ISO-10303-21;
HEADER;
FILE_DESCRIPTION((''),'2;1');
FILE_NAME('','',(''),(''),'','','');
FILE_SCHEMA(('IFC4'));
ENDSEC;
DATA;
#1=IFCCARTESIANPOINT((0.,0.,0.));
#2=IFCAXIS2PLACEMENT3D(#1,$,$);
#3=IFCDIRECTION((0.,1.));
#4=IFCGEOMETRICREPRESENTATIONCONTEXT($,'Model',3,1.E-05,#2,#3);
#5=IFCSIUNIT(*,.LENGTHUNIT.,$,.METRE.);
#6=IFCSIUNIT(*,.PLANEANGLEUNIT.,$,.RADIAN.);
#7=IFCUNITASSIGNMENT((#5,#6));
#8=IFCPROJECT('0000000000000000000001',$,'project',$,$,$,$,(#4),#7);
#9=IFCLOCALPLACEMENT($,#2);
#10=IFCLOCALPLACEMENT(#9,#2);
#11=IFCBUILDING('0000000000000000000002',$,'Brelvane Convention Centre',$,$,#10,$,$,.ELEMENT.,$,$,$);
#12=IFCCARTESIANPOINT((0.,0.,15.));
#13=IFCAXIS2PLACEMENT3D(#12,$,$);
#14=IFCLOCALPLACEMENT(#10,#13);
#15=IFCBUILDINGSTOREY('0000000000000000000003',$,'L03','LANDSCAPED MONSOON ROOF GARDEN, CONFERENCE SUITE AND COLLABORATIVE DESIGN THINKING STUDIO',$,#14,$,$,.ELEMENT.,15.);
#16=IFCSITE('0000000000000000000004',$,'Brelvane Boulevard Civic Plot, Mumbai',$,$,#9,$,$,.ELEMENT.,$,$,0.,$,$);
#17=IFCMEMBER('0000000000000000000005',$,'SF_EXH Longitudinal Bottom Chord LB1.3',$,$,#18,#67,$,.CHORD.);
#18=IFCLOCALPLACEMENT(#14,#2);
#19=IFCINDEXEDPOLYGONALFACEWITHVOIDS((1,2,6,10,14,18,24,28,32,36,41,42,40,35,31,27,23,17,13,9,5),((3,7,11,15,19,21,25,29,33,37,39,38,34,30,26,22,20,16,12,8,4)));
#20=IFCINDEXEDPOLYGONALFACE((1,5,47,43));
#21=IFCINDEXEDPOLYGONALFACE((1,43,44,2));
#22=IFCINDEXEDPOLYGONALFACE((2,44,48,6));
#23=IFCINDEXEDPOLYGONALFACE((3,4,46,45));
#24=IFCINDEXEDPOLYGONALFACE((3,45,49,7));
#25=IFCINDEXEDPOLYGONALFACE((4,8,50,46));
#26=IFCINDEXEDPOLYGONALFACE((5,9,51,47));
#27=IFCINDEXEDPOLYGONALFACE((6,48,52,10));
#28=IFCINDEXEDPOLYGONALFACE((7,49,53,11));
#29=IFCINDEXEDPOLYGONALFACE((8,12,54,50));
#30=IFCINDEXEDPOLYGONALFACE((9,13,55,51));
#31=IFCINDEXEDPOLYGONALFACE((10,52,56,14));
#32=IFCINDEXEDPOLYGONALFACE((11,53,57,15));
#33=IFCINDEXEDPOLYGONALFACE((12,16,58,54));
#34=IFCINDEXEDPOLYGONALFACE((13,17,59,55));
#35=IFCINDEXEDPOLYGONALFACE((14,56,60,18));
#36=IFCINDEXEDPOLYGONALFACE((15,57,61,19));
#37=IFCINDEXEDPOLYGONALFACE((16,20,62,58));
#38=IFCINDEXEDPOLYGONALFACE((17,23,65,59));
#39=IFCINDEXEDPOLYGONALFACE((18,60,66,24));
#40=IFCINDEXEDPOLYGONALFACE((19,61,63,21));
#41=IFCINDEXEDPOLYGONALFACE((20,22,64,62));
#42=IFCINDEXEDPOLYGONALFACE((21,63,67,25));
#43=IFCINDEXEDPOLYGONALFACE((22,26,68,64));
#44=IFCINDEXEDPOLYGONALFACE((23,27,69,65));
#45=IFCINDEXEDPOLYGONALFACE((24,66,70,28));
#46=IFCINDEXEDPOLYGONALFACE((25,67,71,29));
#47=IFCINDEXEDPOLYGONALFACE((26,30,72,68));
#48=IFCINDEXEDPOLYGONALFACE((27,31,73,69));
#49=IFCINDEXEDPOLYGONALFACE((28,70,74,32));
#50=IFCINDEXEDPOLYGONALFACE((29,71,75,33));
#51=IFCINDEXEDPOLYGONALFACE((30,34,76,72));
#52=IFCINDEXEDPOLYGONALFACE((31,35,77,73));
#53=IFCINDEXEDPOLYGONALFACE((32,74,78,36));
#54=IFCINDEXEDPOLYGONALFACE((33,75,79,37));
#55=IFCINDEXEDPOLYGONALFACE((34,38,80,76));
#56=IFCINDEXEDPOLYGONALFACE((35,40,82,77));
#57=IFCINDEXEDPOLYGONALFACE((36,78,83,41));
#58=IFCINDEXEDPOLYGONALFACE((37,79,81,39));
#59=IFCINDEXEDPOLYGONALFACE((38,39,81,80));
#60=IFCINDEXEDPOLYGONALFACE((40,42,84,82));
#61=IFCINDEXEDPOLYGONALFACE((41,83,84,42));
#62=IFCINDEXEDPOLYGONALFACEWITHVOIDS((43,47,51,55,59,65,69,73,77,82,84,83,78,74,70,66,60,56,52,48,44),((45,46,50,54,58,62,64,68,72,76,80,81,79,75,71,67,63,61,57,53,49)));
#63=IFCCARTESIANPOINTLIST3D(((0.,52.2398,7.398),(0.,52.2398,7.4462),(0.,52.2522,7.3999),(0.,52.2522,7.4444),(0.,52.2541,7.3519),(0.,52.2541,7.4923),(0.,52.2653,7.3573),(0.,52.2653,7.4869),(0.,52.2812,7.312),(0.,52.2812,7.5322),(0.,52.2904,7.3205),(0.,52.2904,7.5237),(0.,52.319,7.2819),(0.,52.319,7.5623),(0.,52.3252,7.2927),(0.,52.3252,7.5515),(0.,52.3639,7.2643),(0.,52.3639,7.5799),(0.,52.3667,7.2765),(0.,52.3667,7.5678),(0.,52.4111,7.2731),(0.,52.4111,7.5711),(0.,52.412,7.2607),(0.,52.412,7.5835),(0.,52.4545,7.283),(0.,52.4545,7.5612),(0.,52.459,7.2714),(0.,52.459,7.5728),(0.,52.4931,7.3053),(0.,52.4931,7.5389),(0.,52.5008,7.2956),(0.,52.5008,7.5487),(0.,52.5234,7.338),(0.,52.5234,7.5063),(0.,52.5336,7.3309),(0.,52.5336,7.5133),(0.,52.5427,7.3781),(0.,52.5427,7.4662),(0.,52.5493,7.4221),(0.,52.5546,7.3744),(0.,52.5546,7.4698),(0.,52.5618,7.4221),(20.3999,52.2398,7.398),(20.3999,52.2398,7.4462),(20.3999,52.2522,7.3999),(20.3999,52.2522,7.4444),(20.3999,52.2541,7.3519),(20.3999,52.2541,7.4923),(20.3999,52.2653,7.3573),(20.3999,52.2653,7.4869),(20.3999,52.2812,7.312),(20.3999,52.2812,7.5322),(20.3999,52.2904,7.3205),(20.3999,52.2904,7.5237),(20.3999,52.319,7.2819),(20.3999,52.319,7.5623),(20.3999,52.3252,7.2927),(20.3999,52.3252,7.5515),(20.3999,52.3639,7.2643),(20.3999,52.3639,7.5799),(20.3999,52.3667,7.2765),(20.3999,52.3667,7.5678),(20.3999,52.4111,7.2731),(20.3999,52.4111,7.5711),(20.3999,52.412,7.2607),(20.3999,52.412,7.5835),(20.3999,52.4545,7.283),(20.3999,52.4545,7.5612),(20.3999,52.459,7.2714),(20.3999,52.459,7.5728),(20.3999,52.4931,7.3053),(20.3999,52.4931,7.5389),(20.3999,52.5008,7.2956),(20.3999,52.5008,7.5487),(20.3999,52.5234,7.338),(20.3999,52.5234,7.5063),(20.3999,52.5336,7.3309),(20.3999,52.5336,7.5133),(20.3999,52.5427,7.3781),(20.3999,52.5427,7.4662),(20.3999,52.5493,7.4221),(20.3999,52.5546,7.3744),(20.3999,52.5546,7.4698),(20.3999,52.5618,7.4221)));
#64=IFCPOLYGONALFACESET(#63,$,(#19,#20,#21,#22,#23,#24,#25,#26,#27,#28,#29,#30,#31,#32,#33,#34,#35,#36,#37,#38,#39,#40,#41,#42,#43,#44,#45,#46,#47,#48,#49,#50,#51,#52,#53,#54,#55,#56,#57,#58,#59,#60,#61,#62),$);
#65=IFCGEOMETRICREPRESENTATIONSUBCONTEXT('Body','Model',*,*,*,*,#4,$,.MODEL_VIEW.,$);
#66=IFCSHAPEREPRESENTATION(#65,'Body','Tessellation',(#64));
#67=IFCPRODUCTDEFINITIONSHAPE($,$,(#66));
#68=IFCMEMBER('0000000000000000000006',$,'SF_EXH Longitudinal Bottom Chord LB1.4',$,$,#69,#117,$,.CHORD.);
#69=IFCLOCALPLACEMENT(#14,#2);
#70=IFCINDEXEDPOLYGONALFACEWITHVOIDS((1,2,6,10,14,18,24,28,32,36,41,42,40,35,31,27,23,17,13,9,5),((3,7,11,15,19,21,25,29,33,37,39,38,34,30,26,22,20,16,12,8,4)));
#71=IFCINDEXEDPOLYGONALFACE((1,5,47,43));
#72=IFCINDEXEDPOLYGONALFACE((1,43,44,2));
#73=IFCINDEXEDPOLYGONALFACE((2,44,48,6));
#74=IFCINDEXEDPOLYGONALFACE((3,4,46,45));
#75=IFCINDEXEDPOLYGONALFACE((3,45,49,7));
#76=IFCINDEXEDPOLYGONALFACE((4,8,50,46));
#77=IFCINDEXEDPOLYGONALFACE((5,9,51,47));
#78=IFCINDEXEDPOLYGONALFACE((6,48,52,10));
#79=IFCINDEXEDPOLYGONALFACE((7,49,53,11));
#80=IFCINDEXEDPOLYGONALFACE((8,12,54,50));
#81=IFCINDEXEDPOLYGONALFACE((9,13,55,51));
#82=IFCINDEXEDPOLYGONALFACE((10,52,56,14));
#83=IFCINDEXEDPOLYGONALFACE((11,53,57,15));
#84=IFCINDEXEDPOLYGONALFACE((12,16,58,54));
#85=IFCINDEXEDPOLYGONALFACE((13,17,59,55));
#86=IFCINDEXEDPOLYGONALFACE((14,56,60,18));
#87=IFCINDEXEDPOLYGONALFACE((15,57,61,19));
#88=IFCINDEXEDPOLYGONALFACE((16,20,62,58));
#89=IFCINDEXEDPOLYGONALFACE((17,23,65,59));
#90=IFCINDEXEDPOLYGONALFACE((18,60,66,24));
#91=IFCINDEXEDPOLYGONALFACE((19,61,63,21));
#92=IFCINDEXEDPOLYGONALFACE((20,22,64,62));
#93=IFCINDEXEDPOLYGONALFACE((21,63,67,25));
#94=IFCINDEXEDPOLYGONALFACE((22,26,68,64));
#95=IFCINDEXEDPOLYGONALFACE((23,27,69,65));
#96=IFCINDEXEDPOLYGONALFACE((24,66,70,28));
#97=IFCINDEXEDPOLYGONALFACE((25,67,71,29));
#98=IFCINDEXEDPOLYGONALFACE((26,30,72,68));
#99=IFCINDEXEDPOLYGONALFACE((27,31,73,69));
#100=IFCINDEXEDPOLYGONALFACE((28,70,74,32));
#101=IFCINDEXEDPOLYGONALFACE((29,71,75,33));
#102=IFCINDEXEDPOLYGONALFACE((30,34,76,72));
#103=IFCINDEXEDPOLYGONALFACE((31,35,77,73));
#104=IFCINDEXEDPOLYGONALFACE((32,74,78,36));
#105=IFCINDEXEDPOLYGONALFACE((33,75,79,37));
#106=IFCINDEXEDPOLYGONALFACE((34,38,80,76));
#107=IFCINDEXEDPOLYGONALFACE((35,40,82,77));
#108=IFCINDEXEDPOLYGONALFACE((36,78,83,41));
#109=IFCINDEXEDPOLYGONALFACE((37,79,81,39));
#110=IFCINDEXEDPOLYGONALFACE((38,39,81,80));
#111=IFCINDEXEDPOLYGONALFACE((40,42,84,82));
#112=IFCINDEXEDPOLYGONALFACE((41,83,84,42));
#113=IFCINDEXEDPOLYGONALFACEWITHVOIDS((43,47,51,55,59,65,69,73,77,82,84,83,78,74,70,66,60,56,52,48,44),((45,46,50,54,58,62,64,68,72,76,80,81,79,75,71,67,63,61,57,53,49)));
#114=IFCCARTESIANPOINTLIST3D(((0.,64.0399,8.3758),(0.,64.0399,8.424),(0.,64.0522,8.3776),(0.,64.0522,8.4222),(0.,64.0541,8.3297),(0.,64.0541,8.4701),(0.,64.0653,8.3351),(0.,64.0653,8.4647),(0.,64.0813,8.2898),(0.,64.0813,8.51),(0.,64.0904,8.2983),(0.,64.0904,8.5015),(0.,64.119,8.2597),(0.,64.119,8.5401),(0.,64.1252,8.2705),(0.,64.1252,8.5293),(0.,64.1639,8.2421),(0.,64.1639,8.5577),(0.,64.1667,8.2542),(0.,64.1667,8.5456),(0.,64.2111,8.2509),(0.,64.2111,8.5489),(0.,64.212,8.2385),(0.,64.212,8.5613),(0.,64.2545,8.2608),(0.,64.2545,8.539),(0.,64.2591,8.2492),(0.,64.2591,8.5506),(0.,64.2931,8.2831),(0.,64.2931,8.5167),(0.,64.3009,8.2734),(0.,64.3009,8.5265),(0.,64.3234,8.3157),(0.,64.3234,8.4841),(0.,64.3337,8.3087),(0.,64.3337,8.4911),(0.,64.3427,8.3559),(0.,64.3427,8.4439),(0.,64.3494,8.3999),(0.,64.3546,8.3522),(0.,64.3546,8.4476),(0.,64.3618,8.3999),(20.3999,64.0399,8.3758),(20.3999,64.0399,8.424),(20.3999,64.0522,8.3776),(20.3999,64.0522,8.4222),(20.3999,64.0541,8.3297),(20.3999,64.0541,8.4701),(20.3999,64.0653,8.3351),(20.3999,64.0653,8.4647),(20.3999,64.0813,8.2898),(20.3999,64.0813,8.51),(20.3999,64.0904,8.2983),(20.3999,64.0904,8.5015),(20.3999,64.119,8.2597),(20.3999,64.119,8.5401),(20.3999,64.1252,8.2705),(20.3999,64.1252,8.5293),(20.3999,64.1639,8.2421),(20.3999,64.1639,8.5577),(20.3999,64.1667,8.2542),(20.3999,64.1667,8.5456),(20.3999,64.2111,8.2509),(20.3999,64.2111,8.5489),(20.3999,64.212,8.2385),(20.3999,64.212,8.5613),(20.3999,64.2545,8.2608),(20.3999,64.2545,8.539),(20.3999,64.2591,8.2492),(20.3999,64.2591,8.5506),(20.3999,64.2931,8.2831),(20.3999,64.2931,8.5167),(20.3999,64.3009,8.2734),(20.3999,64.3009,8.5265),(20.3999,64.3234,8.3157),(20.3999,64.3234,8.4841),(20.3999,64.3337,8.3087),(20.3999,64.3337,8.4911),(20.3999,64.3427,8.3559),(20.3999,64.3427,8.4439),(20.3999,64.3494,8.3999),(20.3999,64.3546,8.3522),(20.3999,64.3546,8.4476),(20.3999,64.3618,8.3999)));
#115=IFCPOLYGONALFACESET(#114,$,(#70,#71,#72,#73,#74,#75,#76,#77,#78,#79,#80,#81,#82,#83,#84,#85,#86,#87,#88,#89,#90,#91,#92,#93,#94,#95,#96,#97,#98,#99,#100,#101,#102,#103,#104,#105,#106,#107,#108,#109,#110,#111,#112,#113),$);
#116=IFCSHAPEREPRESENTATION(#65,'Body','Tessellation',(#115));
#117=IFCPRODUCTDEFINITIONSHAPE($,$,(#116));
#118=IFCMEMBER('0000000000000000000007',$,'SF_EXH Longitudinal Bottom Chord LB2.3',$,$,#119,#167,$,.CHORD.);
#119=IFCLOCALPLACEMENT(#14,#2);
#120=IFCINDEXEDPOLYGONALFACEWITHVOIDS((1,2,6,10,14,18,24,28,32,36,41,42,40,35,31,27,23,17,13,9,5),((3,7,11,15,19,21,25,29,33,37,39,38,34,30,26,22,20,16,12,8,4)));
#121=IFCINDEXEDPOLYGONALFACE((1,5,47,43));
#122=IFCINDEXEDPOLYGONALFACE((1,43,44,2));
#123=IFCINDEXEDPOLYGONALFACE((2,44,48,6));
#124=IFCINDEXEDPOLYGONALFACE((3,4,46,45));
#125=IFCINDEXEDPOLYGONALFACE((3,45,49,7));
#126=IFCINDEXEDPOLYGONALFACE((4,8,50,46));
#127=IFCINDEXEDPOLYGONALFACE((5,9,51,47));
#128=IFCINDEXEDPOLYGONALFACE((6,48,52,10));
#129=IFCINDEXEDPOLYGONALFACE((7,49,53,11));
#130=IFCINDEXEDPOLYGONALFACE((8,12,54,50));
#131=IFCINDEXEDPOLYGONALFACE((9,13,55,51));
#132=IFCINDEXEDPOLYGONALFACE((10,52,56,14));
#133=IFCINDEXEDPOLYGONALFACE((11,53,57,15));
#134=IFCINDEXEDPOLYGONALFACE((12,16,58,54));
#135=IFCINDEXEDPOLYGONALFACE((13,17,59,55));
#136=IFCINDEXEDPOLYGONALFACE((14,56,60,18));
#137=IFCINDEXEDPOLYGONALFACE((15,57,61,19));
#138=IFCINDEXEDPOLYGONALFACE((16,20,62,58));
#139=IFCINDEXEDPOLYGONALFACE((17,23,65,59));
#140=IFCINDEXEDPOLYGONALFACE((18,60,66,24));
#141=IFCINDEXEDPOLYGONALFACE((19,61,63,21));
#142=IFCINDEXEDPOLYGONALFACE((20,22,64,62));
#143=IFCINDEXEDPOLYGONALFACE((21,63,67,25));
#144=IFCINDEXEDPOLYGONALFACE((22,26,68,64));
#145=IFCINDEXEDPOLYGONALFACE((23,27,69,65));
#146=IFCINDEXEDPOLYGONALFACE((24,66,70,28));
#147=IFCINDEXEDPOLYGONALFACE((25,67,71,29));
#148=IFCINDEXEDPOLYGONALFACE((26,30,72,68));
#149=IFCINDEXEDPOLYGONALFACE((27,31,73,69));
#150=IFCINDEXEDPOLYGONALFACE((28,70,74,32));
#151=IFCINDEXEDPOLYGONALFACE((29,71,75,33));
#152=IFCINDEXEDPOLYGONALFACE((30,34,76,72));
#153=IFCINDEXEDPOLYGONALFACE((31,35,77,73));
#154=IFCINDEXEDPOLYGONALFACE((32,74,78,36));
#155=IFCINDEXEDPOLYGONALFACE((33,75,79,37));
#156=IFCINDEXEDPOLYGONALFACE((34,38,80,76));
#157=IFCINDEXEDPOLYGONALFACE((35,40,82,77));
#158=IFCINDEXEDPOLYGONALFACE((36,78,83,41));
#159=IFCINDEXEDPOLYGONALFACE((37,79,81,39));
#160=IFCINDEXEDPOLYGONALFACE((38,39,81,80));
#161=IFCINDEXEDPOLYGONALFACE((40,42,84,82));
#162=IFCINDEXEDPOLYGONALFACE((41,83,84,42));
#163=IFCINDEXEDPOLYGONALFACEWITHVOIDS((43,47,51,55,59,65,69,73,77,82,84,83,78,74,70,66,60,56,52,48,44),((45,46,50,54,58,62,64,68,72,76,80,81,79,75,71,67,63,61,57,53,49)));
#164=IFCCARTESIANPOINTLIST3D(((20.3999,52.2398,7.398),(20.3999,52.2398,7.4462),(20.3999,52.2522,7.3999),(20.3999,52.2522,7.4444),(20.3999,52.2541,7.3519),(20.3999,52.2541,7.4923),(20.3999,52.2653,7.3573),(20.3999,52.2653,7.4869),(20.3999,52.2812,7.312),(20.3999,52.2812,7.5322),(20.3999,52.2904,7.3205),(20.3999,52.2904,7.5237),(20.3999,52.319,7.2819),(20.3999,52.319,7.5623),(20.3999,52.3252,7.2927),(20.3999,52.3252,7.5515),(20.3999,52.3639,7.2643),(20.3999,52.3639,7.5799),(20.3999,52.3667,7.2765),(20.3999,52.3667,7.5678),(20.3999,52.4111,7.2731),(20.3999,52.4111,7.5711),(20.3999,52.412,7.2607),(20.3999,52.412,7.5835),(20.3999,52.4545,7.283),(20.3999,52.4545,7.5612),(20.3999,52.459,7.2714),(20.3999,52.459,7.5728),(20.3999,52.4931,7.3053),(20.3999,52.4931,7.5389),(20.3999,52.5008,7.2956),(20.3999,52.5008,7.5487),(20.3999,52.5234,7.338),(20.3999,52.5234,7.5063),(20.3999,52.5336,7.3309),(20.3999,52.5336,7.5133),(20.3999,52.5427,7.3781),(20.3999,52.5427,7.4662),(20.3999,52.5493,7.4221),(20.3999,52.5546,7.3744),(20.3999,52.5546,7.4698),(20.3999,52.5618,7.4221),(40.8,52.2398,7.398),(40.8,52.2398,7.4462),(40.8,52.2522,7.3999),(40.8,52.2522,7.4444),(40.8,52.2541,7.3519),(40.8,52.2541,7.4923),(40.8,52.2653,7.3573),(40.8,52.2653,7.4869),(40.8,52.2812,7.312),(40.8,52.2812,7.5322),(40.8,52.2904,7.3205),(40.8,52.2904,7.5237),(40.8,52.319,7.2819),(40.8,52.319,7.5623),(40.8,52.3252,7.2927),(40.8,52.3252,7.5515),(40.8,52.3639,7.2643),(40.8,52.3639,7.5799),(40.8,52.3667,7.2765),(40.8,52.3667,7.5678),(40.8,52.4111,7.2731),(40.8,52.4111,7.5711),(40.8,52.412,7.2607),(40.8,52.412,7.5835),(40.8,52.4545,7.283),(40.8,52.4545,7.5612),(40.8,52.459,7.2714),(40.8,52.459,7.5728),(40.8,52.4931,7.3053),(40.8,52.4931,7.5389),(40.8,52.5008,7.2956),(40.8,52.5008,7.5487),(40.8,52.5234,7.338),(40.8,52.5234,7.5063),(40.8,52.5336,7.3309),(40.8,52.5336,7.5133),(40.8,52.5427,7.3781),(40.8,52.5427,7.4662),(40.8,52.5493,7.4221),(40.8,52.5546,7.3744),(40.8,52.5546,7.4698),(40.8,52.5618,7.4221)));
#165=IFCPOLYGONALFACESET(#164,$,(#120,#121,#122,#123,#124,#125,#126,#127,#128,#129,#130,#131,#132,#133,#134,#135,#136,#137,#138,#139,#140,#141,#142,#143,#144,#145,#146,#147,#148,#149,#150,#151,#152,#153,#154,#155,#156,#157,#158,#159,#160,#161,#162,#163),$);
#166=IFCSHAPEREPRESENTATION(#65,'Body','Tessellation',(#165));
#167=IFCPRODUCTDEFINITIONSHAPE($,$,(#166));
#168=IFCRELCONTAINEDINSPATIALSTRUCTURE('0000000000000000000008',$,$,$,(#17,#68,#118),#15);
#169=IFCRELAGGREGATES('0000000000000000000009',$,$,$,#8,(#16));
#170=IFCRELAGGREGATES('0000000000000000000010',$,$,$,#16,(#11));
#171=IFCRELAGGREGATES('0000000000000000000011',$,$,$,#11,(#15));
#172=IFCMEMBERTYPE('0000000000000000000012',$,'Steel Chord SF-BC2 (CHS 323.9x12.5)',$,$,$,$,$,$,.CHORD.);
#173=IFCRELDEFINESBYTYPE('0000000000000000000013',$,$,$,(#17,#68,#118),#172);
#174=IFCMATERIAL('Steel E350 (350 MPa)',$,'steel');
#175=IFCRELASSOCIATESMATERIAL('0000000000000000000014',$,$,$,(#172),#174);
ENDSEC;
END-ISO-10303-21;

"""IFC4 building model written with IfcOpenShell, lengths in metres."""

from ifc_helpers import new_model, si_unit, direction, frame, origin, origin_2d, place, context, subcontext, project, spatial, hollow_circle, extrude, material, material_profile, profile_set, type_object, element, save


model = new_model("IFC4")

# Units and contexts
model_context = context("Model", 3, precision=1e-05, world=origin(), true_north=direction((0.0, 1.0)))
body_context = subcontext(model_context, "Body", "Model", "MODEL_VIEW")
ifc_project = project(units=[si_unit("LENGTHUNIT", "METRE"), si_unit("PLANEANGLEUNIT", "RADIAN")], contexts=[model_context])

# Site, building, storey
site_placement = place(None, origin())
site = spatial("IfcSite", under=ifc_project, at=site_placement, Name="Brelvane Boulevard Civic Plot, Mumbai", CompositionType="ELEMENT", RefElevation=0.0)
building_placement = place(site_placement, origin())
building = spatial("IfcBuilding", under=site, at=building_placement, Name="Brelvane Convention Centre", CompositionType="ELEMENT")
storey_placement = place(building_placement, frame((0.0, 0.0, 15.0)))
storey = spatial("IfcBuildingStorey", under=building, at=storey_placement, Name="L03", Description="LANDSCAPED MONSOON ROOF GARDEN, CONFERENCE SUITE AND COLLABORATIVE DESIGN THINKING STUDIO", CompositionType="ELEMENT", Elevation=15.0)

# Members
ifc_material_1 = material(Name="Steel E350 (350 MPa)", Category="steel")
ifc_material_profile_1 = material_profile(ifc_material_1, hollow_circle(Radius=0.1619, WallThickness=0.0125, at=origin_2d()), Name="CHS 323.9x12.5")
ifc_profile_set_1 = profile_set([ifc_material_profile_1], Name="Steel E350 (350 MPa)")
member_type_1 = type_object("IfcMemberType", Name="Steel Chord SF-BC2 (CHS 323.9x12.5)", PredefinedType="CHORD", material=ifc_profile_set_1)
for number, where, z_axis, x_axis, name in (
    (1, (0.0, 52.3999, 7.4221), (1.0, 0.0, 0.0), (0.0, 1.0, 0.0), "SF_EXH Longitudinal Bottom Chord LB1.3"),
    (2, (0.0, 64.2, 8.3999), (1.0, 0.0, 0.0), (0.0, 1.0, 0.0), "SF_EXH Longitudinal Bottom Chord LB1.4"),
):
    element("IfcMember", number, at=place(storey_placement, frame(where, z_axis=z_axis, x_axis=x_axis)), inside=storey, type_object=member_type_1, Name=name, PredefinedType="CHORD", context=body_context, shape_type="SweptSolid", body=[
        extrude(hollow_circle(Radius=0.1619, WallThickness=0.0125, at=origin_2d()), origin(), (0.0, 0.0, 1.0), 20.3999),
    ])
member_1_placement = place(storey_placement, frame((20.3999, 52.3999, 7.4221), z_axis=(1.0, 0.0, 0.0), x_axis=(0.0, 1.0, 0.0)))
element("IfcMember", 3, at=member_1_placement, inside=storey, type_object=member_type_1, Name="SF_EXH Longitudinal Bottom Chord LB2.3", PredefinedType="CHORD", context=body_context, shape_type="SweptSolid", body=[
    extrude(hollow_circle(Radius=0.1619, WallThickness=0.0125, at=origin_2d()), origin(), (0.0, 0.0, 1.0), 20.4001),
])

save(model, "model.ifc")
